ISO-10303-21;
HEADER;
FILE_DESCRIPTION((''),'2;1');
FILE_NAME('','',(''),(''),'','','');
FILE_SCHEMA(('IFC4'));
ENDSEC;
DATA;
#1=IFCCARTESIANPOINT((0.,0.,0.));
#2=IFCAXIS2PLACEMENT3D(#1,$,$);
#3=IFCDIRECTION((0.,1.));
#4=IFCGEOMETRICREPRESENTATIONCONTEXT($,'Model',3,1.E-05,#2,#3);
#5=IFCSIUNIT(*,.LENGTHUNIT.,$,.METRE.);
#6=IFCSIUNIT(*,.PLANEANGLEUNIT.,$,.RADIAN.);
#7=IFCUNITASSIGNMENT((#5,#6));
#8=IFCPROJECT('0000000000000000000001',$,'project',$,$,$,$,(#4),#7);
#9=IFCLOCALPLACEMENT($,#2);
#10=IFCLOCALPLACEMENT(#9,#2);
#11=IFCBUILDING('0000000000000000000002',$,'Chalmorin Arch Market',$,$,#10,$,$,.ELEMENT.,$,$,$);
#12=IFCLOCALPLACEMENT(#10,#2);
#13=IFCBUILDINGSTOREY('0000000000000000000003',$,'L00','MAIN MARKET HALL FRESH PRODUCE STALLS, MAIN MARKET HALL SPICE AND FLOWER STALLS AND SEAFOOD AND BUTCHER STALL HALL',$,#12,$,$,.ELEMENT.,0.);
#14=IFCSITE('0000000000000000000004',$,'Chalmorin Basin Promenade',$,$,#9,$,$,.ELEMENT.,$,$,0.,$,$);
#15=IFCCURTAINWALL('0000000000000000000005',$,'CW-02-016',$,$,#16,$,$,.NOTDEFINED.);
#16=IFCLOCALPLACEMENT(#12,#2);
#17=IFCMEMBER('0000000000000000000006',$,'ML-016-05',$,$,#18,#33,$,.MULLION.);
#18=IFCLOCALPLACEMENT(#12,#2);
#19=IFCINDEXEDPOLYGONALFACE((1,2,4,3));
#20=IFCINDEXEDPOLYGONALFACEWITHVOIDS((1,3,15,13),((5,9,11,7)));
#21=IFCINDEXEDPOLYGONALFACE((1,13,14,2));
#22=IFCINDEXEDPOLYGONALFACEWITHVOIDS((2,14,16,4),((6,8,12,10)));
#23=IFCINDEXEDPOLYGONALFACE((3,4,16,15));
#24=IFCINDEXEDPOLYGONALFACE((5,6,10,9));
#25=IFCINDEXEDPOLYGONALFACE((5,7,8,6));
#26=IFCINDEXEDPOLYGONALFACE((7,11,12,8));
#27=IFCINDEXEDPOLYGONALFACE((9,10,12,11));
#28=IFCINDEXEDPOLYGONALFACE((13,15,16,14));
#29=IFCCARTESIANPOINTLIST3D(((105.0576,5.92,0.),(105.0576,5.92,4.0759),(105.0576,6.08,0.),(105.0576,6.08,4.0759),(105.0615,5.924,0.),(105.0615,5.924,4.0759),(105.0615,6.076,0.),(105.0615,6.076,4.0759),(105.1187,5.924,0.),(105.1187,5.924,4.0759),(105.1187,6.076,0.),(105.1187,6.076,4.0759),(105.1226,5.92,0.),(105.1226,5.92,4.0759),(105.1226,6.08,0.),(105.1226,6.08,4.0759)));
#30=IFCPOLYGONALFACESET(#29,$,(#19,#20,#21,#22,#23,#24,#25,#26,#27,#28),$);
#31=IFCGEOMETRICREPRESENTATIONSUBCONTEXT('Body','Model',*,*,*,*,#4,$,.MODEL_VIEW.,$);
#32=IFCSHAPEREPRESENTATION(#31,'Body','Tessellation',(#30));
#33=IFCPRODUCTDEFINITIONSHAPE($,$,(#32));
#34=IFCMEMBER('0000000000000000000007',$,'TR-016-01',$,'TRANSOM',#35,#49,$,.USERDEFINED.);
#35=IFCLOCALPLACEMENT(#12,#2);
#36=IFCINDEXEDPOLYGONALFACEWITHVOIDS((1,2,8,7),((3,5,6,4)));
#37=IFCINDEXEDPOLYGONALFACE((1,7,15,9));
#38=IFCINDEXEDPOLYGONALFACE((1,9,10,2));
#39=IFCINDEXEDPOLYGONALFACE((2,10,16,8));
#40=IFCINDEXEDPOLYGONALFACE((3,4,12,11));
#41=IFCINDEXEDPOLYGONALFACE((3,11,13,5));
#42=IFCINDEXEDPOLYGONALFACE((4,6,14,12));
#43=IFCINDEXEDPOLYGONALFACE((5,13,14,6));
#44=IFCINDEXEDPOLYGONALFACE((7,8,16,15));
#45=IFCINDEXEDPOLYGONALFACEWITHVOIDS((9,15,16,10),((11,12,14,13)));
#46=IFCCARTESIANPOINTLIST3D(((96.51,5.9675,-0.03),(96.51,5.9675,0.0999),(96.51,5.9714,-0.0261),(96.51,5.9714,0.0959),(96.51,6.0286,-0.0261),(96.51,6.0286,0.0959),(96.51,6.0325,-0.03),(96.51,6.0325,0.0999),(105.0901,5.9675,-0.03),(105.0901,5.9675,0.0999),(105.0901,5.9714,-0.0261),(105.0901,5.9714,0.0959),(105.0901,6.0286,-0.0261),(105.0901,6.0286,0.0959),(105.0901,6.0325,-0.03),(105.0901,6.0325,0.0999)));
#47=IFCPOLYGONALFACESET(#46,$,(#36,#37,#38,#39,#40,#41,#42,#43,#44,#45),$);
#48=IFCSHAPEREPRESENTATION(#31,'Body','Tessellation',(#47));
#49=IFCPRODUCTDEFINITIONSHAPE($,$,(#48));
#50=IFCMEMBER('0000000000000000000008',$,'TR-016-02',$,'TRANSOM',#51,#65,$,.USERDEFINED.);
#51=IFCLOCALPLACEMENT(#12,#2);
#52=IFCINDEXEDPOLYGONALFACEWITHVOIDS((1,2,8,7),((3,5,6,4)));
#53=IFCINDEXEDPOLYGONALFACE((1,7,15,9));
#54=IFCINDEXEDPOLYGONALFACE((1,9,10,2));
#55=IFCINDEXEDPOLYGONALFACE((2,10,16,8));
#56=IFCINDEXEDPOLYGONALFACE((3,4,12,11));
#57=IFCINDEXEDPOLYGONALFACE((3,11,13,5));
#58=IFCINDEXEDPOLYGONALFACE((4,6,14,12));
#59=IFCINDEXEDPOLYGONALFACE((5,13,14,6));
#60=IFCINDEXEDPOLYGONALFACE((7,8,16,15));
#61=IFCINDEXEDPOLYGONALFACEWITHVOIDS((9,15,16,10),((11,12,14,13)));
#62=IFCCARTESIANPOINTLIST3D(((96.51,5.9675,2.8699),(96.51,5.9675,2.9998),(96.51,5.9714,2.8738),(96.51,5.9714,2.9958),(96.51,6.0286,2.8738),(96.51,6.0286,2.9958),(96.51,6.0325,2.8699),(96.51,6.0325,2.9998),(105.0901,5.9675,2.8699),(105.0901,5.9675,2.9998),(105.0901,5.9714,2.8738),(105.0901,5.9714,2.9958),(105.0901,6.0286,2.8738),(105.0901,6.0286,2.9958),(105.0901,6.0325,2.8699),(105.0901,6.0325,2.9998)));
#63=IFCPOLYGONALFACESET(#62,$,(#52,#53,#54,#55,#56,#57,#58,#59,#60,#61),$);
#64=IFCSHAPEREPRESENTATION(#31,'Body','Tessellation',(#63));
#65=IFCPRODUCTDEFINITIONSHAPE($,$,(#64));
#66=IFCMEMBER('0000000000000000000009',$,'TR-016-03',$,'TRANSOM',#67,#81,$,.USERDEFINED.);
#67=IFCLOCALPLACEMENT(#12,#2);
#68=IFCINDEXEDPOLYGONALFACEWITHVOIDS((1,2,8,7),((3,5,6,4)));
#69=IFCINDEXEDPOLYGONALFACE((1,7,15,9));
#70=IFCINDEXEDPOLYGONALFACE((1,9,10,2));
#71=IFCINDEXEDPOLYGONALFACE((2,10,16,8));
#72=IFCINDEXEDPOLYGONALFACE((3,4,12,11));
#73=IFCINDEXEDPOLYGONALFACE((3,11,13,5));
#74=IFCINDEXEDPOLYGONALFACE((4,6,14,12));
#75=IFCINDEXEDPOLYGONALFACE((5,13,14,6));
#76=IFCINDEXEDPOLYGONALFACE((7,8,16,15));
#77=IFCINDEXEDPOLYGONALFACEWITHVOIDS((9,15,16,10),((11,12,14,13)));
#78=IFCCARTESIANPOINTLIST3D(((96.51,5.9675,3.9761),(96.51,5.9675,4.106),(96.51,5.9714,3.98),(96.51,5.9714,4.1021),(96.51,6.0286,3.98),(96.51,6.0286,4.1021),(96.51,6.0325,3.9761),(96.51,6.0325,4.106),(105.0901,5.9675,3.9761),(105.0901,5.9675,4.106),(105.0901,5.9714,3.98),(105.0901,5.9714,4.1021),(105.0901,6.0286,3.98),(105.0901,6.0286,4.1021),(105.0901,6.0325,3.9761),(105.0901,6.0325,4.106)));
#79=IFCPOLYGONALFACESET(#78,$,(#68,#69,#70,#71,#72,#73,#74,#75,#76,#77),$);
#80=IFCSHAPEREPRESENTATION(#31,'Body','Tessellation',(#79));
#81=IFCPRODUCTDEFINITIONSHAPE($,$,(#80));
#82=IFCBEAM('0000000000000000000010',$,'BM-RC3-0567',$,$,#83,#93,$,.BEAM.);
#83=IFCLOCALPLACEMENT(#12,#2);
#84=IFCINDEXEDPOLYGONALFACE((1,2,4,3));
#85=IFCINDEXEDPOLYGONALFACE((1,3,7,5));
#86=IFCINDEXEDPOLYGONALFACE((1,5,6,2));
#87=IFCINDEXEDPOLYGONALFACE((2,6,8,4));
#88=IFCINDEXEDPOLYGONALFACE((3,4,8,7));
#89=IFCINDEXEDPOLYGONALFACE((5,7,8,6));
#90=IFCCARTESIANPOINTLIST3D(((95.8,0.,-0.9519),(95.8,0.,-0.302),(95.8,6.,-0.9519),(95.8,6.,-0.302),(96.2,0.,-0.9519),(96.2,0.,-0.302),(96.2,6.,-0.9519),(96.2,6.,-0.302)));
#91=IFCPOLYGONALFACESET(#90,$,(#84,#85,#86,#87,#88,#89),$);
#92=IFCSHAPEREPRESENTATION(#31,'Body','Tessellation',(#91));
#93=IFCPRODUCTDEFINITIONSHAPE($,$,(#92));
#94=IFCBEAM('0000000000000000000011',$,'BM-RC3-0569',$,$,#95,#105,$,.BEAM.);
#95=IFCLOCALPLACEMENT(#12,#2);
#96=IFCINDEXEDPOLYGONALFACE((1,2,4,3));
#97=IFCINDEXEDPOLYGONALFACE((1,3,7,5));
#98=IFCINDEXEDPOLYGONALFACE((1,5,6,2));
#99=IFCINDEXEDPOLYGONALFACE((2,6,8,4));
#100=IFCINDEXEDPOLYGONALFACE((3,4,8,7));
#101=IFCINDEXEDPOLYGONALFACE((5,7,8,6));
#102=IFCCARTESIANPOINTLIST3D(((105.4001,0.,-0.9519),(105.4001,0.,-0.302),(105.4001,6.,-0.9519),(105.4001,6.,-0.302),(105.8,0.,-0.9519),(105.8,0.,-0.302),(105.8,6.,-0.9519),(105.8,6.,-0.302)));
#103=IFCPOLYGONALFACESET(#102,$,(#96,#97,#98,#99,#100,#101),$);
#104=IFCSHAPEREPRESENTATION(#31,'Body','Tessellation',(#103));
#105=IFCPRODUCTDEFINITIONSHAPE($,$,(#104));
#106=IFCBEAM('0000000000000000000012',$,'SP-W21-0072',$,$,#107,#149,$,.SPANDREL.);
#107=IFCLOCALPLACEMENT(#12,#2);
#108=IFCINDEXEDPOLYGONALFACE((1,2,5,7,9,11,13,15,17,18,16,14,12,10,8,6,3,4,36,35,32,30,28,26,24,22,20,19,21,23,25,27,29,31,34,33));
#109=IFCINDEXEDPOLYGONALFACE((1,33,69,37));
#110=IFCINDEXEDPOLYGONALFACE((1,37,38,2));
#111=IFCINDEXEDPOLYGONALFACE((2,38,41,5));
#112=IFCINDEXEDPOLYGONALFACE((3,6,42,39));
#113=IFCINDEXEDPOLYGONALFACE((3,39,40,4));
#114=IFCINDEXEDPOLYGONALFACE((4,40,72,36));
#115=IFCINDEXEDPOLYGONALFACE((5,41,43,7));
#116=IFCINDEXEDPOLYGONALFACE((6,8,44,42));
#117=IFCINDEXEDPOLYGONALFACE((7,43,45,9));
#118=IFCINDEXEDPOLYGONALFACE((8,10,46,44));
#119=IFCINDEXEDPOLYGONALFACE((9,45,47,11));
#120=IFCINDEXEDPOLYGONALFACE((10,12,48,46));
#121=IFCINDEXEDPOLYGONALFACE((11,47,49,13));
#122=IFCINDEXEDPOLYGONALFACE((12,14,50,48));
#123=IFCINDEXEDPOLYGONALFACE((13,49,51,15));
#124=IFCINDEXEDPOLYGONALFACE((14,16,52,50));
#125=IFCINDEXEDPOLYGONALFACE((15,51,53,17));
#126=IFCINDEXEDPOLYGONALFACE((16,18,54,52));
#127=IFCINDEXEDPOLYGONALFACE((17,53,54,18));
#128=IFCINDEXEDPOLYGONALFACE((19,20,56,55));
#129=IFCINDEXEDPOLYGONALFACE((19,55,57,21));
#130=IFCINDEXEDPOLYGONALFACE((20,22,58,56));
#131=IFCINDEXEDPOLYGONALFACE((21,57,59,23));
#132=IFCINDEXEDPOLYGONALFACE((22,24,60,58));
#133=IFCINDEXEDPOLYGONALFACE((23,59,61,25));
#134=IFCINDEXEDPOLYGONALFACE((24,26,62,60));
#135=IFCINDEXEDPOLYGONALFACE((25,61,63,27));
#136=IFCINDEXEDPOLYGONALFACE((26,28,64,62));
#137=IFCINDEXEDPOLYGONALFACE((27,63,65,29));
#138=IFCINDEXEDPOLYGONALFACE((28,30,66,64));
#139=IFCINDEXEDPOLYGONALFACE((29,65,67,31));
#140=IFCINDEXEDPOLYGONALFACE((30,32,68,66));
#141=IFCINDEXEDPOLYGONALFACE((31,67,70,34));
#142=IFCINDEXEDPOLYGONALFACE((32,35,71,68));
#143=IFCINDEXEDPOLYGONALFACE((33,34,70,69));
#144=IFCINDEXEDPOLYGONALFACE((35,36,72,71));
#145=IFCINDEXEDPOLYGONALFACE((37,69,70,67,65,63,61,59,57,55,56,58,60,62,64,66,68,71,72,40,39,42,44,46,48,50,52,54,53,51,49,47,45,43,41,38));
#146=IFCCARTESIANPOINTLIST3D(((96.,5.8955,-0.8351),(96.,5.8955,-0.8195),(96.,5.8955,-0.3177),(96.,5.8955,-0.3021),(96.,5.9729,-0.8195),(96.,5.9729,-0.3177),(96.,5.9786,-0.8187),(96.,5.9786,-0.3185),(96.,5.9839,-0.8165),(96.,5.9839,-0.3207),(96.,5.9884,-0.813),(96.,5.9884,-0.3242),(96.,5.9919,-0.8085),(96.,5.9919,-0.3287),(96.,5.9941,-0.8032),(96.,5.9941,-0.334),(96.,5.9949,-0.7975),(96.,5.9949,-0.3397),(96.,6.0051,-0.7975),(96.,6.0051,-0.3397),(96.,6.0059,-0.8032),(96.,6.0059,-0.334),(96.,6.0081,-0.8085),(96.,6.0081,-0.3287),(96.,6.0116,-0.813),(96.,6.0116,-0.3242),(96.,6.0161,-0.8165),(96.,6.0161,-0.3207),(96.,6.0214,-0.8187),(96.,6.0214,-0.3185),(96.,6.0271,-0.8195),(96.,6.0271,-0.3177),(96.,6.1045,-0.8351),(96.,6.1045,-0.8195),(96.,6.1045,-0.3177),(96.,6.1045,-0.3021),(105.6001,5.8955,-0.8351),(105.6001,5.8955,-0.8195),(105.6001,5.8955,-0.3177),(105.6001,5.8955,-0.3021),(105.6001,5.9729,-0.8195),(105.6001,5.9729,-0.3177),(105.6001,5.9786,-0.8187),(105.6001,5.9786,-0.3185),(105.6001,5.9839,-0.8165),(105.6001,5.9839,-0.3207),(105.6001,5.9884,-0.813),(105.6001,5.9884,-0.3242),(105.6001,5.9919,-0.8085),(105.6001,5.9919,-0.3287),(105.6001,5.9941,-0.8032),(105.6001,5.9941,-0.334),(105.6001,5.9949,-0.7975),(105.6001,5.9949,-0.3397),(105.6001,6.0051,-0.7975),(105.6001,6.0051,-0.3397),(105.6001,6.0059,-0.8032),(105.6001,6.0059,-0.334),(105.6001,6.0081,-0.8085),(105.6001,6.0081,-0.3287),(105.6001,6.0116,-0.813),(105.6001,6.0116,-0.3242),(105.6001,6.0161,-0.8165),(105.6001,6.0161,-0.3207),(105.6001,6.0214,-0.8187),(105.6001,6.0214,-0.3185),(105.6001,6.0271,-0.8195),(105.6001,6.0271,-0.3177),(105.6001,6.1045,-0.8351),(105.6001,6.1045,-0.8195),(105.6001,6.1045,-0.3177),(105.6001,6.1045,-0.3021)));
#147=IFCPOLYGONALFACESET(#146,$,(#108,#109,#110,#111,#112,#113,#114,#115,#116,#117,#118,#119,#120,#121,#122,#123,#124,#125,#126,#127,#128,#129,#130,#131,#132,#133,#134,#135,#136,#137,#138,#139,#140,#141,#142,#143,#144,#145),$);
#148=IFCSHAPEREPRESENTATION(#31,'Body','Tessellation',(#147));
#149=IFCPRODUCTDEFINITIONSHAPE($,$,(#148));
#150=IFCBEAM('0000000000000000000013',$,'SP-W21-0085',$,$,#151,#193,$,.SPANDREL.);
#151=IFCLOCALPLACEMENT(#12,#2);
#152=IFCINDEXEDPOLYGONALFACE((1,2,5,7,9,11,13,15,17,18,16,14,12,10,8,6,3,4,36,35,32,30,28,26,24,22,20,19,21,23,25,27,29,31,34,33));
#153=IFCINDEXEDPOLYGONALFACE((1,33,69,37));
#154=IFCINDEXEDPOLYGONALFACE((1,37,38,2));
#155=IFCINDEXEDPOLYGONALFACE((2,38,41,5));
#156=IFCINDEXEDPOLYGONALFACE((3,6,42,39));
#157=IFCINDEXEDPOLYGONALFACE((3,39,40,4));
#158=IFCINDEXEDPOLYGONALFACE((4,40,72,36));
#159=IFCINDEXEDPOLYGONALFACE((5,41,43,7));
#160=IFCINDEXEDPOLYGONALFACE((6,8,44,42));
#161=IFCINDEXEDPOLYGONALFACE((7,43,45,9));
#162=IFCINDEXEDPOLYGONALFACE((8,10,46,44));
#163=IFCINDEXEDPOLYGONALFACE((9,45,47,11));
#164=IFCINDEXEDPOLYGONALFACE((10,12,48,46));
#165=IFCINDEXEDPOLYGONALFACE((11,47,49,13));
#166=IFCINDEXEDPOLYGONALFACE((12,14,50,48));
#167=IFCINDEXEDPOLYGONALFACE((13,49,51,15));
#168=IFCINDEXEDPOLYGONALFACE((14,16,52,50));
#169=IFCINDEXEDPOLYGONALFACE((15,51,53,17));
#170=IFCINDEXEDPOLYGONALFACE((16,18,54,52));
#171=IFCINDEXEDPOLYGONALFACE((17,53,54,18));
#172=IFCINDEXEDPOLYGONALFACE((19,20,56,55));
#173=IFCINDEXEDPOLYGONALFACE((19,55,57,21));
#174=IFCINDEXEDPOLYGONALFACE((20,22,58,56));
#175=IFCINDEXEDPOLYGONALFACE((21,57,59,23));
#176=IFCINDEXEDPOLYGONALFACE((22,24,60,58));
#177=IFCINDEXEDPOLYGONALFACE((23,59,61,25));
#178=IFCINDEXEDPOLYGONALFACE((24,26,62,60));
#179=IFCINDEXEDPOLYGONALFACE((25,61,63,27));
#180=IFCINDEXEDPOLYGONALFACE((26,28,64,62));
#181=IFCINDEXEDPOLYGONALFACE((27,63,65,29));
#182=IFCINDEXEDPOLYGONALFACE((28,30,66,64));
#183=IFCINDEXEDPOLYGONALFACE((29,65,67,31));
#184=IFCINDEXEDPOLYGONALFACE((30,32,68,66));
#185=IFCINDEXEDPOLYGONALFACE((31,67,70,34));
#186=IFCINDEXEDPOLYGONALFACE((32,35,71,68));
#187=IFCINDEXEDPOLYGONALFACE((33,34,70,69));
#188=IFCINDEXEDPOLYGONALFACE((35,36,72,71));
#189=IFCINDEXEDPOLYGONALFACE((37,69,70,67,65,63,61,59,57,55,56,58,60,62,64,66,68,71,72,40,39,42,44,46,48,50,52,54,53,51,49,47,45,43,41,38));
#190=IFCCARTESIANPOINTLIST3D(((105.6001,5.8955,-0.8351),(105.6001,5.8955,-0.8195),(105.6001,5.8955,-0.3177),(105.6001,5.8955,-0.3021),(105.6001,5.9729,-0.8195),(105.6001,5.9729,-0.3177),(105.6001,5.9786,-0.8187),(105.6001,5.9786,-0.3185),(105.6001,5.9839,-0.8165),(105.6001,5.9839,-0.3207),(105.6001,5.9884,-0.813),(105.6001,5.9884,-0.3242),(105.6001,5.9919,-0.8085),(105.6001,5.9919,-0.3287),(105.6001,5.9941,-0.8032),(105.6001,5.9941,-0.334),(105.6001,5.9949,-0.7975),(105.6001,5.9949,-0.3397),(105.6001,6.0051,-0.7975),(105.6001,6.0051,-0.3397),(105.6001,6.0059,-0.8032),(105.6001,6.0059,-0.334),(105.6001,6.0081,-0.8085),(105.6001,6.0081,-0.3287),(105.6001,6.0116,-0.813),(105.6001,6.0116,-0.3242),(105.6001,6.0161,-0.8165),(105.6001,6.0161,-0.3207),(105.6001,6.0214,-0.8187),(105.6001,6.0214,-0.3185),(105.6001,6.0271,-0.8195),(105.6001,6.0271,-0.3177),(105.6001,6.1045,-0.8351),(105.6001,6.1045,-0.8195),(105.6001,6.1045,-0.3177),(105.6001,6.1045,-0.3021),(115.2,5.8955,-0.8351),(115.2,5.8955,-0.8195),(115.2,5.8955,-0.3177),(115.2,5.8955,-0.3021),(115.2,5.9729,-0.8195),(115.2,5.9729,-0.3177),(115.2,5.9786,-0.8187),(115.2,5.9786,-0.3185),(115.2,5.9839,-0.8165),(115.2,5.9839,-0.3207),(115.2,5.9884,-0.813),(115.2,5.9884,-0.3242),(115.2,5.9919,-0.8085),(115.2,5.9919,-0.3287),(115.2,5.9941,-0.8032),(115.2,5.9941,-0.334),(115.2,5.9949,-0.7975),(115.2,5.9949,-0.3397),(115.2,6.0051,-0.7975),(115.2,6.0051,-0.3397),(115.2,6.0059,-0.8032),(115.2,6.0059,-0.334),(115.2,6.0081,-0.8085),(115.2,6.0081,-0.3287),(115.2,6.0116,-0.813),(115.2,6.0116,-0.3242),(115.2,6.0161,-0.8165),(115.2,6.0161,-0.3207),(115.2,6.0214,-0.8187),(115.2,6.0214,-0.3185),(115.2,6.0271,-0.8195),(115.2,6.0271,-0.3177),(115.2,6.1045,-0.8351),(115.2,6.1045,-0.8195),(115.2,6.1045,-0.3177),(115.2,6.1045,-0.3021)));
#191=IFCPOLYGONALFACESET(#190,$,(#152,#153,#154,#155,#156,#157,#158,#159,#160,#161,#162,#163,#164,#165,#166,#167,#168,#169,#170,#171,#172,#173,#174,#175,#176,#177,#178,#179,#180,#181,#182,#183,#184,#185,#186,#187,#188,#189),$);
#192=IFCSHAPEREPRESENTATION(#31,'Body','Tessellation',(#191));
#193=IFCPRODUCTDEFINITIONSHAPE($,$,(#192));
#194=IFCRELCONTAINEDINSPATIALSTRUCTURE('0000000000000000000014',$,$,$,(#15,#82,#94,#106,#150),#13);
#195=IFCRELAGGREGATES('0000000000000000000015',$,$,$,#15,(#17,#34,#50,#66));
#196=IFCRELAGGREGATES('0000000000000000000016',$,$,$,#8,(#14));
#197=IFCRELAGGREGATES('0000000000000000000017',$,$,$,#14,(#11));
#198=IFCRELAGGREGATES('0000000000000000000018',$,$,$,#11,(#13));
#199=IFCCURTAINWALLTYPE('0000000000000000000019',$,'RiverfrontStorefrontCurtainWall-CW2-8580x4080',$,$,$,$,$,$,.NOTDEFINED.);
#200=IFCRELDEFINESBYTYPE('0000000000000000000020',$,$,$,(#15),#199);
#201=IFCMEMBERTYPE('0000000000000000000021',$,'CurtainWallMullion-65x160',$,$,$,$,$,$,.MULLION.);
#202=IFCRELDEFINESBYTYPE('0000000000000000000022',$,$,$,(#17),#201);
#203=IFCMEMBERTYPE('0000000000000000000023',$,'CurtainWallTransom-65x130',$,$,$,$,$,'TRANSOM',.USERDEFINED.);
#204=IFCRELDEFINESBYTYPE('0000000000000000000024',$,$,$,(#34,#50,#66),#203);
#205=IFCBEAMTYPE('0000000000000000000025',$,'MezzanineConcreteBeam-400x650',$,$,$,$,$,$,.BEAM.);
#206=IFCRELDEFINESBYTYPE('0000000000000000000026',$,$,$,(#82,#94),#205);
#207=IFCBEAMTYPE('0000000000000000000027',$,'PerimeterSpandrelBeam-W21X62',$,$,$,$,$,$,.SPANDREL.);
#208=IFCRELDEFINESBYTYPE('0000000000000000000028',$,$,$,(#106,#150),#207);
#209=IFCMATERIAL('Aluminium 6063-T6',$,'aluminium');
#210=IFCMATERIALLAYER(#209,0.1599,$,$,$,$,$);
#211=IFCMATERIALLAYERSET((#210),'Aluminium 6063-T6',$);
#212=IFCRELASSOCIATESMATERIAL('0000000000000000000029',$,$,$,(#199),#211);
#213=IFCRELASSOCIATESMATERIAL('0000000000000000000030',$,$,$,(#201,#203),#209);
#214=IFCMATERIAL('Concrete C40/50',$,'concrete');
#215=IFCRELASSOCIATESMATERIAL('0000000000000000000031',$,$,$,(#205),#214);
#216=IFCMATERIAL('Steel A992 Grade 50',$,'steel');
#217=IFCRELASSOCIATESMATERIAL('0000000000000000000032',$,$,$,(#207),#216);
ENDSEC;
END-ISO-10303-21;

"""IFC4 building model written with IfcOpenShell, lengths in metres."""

from ifc_helpers import new_model, si_unit, direction, frame, origin, origin_2d, place, context, subcontext, project, spatial, rectangle, hollow_rectangle, i_section, extrude, material, layer, layer_set, material_profile, profile_set, type_object, element, aggregate, save


model = new_model("IFC4")

# Units and contexts
model_context = context("Model", 3, precision=1e-05, world=origin(), true_north=direction((0.0, 1.0)))
body_context = subcontext(model_context, "Body", "Model", "MODEL_VIEW")
ifc_project = project(units=[si_unit("LENGTHUNIT", "METRE"), si_unit("PLANEANGLEUNIT", "RADIAN")], contexts=[model_context])

# Site, building, storey
site_placement = place(None, origin())
site = spatial("IfcSite", under=ifc_project, at=site_placement, Name="Chalmorin Basin Promenade", CompositionType="ELEMENT", RefElevation=0.0)
building_placement = place(site_placement, origin())
building = spatial("IfcBuilding", under=site, at=building_placement, Name="Chalmorin Arch Market", CompositionType="ELEMENT")
storey_placement = place(building_placement, origin())
storey = spatial("IfcBuildingStorey", under=building, at=storey_placement, Name="L00", Description="MAIN MARKET HALL FRESH PRODUCE STALLS, MAIN MARKET HALL SPICE AND FLOWER STALLS AND SEAFOOD AND BUTCHER STALL HALL", CompositionType="ELEMENT", Elevation=0.0)

# Shared definitions
ifc_material_1 = material(Name="Concrete C40/50", Category="concrete")

# Curtain wall, members
ifc_material_2 = material(Name="Aluminium 6063-T6", Category="aluminium")
ifc_layer_1 = layer(ifc_material_2, 0.1599)
ifc_layer_set_1 = layer_set([ifc_layer_1], Name="Aluminium 6063-T6")
curtain_wall_type = type_object("IfcCurtainWallType", Name="RiverfrontStorefrontCurtainWall-CW2-8580x4080", PredefinedType="NOTDEFINED", material=ifc_layer_set_1)
curtain_wall_placement = place(storey_placement, origin())
curtain_wall = element("IfcCurtainWall", 1, at=curtain_wall_placement, inside=storey, type_object=curtain_wall_type, Name="CW-02-016", PredefinedType="NOTDEFINED")
ifc_material_profile_1 = material_profile(ifc_material_2, hollow_rectangle(XDim=0.0649, YDim=0.1599, WallThickness=0.0039, at=origin_2d()), Name="ALU65X160X4")
ifc_profile_set_1 = profile_set([ifc_material_profile_1], Name="Aluminium 6063-T6")
member_type_1 = type_object("IfcMemberType", Name="CurtainWallMullion-65x160", PredefinedType="MULLION", material=ifc_profile_set_1)
member_1_placement = place(storey_placement, frame((105.0901, 6.0, 0.0), z_axis=(0.0, 0.0, 1.0), x_axis=(1.0, 0.0, 0.0)))
member_1 = element("IfcMember", 2, at=member_1_placement, type_object=member_type_1, Name="ML-016-05", PredefinedType="MULLION", context=body_context, shape_type="SweptSolid", body=[
    extrude(hollow_rectangle(XDim=0.0649, YDim=0.1599, WallThickness=0.0039, at=origin_2d()), origin(), (0.0, 0.0, 1.0), 4.0759),
])
ifc_material_profile_2 = material_profile(ifc_material_2, hollow_rectangle(XDim=0.0649, YDim=0.1299, WallThickness=0.0039, at=origin_2d()), Name="ALU65X130X4")
ifc_profile_set_2 = profile_set([ifc_material_profile_2], Name="Aluminium 6063-T6")
member_type_2 = type_object("IfcMemberType", Name="CurtainWallTransom-65x130", ElementType="TRANSOM", PredefinedType="USERDEFINED", material=ifc_profile_set_2)
member_2_placement = place(storey_placement, frame((96.51, 6.0, 0.0349), z_axis=(1.0, 0.0, 0.0), x_axis=(0.0, 1.0, 0.0)))
member_2 = element("IfcMember", 3, at=member_2_placement, type_object=member_type_2, Name="TR-016-01", ObjectType="TRANSOM", PredefinedType="USERDEFINED", context=body_context, shape_type="SweptSolid", body=[
    extrude(hollow_rectangle(XDim=0.0649, YDim=0.1299, WallThickness=0.0039, at=origin_2d()), origin(), (0.0, 0.0, 1.0), 8.5801),
])
member_3_placement = place(storey_placement, frame((96.51, 6.0, 2.9348), z_axis=(1.0, 0.0, 0.0), x_axis=(0.0, 1.0, 0.0)))
member_3 = element("IfcMember", 4, at=member_3_placement, type_object=member_type_2, Name="TR-016-02", ObjectType="TRANSOM", PredefinedType="USERDEFINED", context=body_context, shape_type="SweptSolid", body=[
    extrude(hollow_rectangle(XDim=0.0649, YDim=0.1299, WallThickness=0.0039, at=origin_2d()), origin(), (0.0, 0.0, 1.0), 8.5801),
])
member_4_placement = place(storey_placement, frame((96.51, 6.0, 4.041), z_axis=(1.0, 0.0, 0.0), x_axis=(0.0, 1.0, 0.0)))
member_4 = element("IfcMember", 5, at=member_4_placement, type_object=member_type_2, Name="TR-016-03", ObjectType="TRANSOM", PredefinedType="USERDEFINED", context=body_context, shape_type="SweptSolid", body=[
    extrude(hollow_rectangle(XDim=0.0649, YDim=0.1299, WallThickness=0.0039, at=origin_2d()), origin(), (0.0, 0.0, 1.0), 8.5801),
])

# Beams
ifc_material_profile_3 = material_profile(ifc_material_1, rectangle(XDim=0.3999, YDim=0.6499, at=origin_2d()), Name="RC400X650")
ifc_profile_set_3 = profile_set([ifc_material_profile_3], Name="Concrete C40/50")
beam_type_1 = type_object("IfcBeamType", Name="MezzanineConcreteBeam-400x650", PredefinedType="BEAM", material=ifc_profile_set_3)
for number, where, z_axis, x_axis, name in (
    (6, (96.0, 0.0, -0.627), (0.0, 1.0, 0.0), (-1.0, 0.0, 0.0), "BM-RC3-0567"),
    (7, (105.6001, 0.0, -0.627), (0.0, 1.0, 0.0), (-1.0, 0.0, 0.0), "BM-RC3-0569"),
):
    element("IfcBeam", number, at=place(storey_placement, frame(where, z_axis=z_axis, x_axis=x_axis)), inside=storey, type_object=beam_type_1, Name=name, PredefinedType="BEAM", context=body_context, shape_type="SweptSolid", body=[
        extrude(rectangle(XDim=0.3999, YDim=0.6499, at=origin_2d()), origin(), (0.0, 0.0, 1.0), 6.0),
    ])
ifc_material_3 = material(Name="Steel A992 Grade 50", Category="steel")
ifc_material_profile_4 = material_profile(ifc_material_3, i_section(OverallWidth=0.209, OverallDepth=0.533, WebThickness=0.0103, FlangeThickness=0.0156, FilletRadius=0.022, at=origin_2d()), Name="W21X62")
ifc_profile_set_4 = profile_set([ifc_material_profile_4], Name="Steel A992 Grade 50")
beam_type_2 = type_object("IfcBeamType", Name="PerimeterSpandrelBeam-W21X62", PredefinedType="SPANDREL", material=ifc_profile_set_4)
beam_1_placement = place(storey_placement, frame((96.0, 6.0, -0.5686), z_axis=(1.0, 0.0, 0.0), x_axis=(0.0, 1.0, 0.0)))
element("IfcBeam", 8, at=beam_1_placement, inside=storey, type_object=beam_type_2, Name="SP-W21-0072", PredefinedType="SPANDREL", context=body_context, shape_type="SweptSolid", body=[
    extrude(i_section(OverallWidth=0.209, OverallDepth=0.533, WebThickness=0.0103, FlangeThickness=0.0156, FilletRadius=0.022, at=origin_2d()), origin(), (0.0, 0.0, 1.0), 9.6001),
])
beam_2_placement = place(storey_placement, frame((105.6001, 6.0, -0.5686), z_axis=(1.0, 0.0, 0.0), x_axis=(0.0, 1.0, 0.0)))
element("IfcBeam", 9, at=beam_2_placement, inside=storey, type_object=beam_type_2, Name="SP-W21-0085", PredefinedType="SPANDREL", context=body_context, shape_type="SweptSolid", body=[
    extrude(i_section(OverallWidth=0.209, OverallDepth=0.533, WebThickness=0.0103, FlangeThickness=0.0156, FilletRadius=0.022, at=origin_2d()), origin(), (0.0, 0.0, 1.0), 9.5999),
])

aggregate(curtain_wall, [member_1, member_2, member_3, member_4])

save(model, "model.ifc")
